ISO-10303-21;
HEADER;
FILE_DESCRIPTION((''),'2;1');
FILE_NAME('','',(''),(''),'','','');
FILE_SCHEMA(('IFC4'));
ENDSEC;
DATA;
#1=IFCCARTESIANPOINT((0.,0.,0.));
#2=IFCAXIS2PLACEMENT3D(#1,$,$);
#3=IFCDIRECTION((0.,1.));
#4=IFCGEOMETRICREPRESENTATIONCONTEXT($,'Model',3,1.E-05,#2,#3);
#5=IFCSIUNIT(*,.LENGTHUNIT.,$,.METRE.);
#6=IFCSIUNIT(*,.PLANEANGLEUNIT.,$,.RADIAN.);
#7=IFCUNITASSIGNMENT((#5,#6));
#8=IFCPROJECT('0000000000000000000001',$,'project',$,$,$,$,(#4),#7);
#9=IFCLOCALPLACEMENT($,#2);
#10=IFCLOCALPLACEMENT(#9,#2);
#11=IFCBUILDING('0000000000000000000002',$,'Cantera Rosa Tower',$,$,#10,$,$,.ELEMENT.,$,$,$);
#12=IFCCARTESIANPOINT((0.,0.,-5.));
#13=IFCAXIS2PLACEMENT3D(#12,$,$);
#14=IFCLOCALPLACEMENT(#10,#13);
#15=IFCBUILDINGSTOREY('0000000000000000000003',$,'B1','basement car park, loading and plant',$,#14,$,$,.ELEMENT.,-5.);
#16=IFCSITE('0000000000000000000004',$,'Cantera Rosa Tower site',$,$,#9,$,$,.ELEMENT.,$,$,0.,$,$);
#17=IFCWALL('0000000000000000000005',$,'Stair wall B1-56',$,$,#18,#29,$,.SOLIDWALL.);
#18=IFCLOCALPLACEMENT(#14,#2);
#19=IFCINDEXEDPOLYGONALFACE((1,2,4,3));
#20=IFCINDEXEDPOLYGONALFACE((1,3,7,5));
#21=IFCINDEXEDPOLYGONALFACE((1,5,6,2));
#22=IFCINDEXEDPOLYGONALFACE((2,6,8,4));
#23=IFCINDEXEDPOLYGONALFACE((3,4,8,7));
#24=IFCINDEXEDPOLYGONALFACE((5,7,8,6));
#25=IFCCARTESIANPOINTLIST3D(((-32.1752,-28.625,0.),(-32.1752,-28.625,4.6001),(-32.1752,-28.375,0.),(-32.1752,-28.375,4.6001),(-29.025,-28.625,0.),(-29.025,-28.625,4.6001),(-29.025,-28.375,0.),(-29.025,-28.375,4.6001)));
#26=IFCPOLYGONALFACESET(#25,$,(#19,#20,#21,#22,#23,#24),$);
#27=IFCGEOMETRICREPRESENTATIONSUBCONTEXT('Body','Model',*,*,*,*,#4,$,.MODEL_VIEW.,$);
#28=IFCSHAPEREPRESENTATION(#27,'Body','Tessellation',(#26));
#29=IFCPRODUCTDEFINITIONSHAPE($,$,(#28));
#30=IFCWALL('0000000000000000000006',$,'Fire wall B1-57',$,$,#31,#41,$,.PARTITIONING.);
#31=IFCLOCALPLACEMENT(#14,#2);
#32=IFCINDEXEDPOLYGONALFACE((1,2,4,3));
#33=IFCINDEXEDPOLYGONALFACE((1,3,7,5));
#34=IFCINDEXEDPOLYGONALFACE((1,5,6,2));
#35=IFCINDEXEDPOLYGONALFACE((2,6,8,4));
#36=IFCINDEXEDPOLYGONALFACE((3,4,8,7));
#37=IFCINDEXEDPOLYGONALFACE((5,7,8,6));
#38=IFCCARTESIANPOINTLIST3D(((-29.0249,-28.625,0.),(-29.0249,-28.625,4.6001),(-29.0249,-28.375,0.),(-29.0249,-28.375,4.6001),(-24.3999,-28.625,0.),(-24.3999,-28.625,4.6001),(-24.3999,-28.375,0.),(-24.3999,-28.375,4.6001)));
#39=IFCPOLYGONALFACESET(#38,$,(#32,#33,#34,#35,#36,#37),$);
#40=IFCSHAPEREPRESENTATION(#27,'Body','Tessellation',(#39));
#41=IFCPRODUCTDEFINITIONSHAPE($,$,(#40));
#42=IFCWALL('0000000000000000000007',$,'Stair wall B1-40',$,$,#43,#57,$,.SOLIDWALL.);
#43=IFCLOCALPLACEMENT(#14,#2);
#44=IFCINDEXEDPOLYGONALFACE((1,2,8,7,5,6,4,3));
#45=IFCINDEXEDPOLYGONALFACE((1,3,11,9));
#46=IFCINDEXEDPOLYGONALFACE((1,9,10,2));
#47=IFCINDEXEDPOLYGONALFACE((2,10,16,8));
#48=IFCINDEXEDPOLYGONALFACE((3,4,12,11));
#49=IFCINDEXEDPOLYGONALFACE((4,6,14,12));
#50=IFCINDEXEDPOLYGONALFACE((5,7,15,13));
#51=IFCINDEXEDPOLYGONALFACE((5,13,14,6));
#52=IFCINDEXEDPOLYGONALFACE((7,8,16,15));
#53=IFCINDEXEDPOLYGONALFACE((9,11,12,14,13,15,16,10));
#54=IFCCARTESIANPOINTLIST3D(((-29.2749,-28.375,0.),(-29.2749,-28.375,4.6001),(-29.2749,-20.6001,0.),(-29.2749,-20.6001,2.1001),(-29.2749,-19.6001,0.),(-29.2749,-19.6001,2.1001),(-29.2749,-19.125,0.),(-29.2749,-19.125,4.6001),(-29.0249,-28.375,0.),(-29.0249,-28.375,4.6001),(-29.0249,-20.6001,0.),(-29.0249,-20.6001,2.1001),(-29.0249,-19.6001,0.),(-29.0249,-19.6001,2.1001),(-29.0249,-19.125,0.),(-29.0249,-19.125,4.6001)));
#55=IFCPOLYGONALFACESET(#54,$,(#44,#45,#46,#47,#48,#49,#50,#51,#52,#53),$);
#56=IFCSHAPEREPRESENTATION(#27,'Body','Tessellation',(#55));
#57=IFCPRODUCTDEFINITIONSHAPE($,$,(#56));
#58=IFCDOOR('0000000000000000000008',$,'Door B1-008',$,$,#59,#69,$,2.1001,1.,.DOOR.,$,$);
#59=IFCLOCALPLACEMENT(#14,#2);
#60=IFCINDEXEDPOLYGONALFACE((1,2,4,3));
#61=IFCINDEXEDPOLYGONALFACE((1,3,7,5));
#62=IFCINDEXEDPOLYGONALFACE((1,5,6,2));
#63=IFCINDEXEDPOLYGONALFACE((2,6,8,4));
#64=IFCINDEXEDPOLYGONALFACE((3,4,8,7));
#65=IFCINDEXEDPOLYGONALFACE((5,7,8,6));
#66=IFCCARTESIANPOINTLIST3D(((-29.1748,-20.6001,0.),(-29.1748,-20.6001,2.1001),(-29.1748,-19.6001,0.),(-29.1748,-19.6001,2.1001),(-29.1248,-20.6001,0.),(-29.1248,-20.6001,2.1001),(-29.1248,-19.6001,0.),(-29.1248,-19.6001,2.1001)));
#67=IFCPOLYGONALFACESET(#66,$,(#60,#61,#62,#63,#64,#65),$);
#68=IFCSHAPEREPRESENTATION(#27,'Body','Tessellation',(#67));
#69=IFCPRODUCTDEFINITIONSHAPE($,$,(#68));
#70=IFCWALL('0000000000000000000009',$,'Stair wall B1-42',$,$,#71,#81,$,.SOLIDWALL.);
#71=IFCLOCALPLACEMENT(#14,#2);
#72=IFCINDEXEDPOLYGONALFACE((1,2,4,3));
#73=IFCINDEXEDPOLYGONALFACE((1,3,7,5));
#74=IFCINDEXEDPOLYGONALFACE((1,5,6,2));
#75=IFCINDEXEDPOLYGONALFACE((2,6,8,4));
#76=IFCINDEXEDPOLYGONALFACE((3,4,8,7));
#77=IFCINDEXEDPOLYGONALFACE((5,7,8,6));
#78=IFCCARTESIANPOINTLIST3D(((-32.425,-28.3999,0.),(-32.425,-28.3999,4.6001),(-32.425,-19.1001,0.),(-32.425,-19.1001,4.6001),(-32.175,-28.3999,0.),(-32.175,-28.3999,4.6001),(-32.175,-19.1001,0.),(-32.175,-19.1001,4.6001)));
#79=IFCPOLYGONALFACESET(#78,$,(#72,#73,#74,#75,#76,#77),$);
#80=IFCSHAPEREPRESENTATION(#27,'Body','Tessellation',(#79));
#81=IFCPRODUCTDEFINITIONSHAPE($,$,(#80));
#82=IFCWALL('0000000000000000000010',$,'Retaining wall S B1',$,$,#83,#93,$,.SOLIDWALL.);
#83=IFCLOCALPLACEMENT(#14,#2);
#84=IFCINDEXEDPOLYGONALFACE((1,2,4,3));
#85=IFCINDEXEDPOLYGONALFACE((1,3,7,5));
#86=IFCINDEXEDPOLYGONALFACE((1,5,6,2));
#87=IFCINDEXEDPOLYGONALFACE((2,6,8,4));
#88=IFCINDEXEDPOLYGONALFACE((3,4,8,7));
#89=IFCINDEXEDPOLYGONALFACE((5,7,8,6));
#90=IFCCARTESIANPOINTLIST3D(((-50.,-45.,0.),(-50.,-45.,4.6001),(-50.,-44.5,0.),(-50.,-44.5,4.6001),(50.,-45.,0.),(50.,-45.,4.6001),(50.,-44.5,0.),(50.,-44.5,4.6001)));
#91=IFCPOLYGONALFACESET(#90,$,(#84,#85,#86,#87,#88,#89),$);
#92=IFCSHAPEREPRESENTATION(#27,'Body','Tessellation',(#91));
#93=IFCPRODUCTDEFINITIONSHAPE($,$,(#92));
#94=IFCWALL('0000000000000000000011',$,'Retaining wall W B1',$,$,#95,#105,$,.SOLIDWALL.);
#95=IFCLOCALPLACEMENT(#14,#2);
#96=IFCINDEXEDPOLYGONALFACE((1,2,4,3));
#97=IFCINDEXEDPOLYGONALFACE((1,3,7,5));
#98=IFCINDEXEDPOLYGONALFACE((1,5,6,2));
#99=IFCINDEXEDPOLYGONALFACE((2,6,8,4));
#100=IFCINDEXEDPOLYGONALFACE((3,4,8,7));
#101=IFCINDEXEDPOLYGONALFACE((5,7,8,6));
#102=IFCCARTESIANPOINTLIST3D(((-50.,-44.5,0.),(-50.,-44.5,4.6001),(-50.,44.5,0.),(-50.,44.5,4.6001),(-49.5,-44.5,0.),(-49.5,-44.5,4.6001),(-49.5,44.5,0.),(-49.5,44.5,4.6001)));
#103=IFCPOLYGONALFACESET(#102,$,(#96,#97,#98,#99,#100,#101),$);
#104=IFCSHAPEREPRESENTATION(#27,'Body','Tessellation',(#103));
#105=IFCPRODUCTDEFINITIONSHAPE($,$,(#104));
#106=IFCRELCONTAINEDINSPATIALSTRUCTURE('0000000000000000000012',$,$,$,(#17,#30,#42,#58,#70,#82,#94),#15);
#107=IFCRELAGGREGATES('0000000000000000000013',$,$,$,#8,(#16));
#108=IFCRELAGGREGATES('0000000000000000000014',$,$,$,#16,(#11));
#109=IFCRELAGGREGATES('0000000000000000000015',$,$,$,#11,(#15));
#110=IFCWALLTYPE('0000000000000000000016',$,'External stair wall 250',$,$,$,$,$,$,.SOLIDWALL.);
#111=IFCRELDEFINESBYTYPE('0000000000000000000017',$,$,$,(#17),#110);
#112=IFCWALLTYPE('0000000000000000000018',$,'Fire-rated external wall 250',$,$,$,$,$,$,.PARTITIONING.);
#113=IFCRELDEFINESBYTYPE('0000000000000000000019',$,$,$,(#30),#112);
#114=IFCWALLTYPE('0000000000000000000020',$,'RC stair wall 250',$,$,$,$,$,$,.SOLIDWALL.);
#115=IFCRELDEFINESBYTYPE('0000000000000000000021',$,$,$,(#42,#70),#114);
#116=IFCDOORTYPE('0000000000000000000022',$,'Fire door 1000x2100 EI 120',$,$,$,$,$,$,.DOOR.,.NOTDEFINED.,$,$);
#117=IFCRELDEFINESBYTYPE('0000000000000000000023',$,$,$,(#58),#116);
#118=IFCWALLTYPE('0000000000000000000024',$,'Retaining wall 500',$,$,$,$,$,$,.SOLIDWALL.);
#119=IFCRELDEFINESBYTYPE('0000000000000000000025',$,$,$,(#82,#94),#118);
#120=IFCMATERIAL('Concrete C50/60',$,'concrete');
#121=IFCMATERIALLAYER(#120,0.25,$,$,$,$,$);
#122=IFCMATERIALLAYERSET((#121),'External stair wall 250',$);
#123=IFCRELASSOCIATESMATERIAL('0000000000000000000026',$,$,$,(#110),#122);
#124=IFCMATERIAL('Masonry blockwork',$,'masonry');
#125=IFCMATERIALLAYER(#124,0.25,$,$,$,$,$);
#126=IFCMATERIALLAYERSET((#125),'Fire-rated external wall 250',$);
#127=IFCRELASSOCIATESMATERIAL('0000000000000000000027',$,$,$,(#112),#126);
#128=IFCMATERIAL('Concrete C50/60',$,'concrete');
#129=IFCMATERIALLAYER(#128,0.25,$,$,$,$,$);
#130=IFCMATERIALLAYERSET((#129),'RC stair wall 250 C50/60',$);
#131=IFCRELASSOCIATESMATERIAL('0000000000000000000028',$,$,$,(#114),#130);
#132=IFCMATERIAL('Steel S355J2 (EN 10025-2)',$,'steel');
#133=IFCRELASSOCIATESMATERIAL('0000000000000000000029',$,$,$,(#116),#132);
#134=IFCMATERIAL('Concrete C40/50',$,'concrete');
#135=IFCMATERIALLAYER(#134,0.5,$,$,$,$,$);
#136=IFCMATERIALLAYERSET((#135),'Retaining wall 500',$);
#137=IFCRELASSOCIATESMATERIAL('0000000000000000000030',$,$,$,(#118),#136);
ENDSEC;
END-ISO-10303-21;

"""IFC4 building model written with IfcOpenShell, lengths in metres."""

from ifc_helpers import new_model, si_unit, direction, frame, frame_2d, origin, place, context, subcontext, project, spatial, rectangle, extrude, material, layer, layer_set, type_object, element, fill, save


model = new_model("IFC4")

# Units and contexts
model_context = context("Model", 3, precision=1e-05, world=origin(), true_north=direction((0.0, 1.0)))
body_context = subcontext(model_context, "Body", "Model", "MODEL_VIEW")
ifc_project = project(units=[si_unit("LENGTHUNIT", "METRE"), si_unit("PLANEANGLEUNIT", "RADIAN")], contexts=[model_context])

# Site, building, storey
site_placement = place(None, origin())
site = spatial("IfcSite", under=ifc_project, at=site_placement, Name="Cantera Rosa Tower site", CompositionType="ELEMENT", RefElevation=0.0)
building_placement = place(site_placement, origin())
building = spatial("IfcBuilding", under=site, at=building_placement, Name="Cantera Rosa Tower", CompositionType="ELEMENT")
storey_placement = place(building_placement, frame((0.0, 0.0, -5.0)))
storey = spatial("IfcBuildingStorey", under=building, at=storey_placement, Name="B1", Description="basement car park, loading and plant", CompositionType="ELEMENT", Elevation=-5.0)

# Walls
ifc_material_1 = material(Name="Concrete C50/60", Category="concrete")
ifc_layer_1 = layer(ifc_material_1, 0.25)
ifc_layer_set_1 = layer_set([ifc_layer_1], Name="External stair wall 250")
wall_type_1 = type_object("IfcWallType", Name="External stair wall 250", PredefinedType="SOLIDWALL", material=ifc_layer_set_1)
wall_1_placement = place(storey_placement, frame((-29.0249, -28.5, 0.0), z_axis=(0.0, 0.0, 1.0), x_axis=(-1.0, 0.0, 0.0)))
element("IfcWall", 1, at=wall_1_placement, inside=storey, type_object=wall_type_1, Name="Stair wall B1-56", PredefinedType="SOLIDWALL", context=body_context, shape_type="SweptSolid", body=[
    extrude(rectangle(XDim=3.1501, YDim=0.25, at=frame_2d((1.5752, 0.0))), origin(), (0.0, 0.0, 1.0), 4.6001),
])
ifc_material_2 = material(Name="Masonry blockwork", Category="masonry")
ifc_layer_2 = layer(ifc_material_2, 0.25)
ifc_layer_set_2 = layer_set([ifc_layer_2], Name="Fire-rated external wall 250")
wall_type_2 = type_object("IfcWallType", Name="Fire-rated external wall 250", PredefinedType="PARTITIONING", material=ifc_layer_set_2)
wall_2_placement = place(storey_placement, frame((-29.0249, -28.5, 0.0), z_axis=(0.0, 0.0, 1.0), x_axis=(1.0, 0.0, 0.0)))
element("IfcWall", 2, at=wall_2_placement, inside=storey, type_object=wall_type_2, Name="Fire wall B1-57", PredefinedType="PARTITIONING", context=body_context, shape_type="SweptSolid", body=[
    extrude(rectangle(XDim=4.625, YDim=0.25, at=frame_2d((2.3125, 0.0))), origin(), (0.0, 0.0, 1.0), 4.6001),
])

# Wall, opening, door
ifc_material_3 = material(Name="Concrete C50/60", Category="concrete")
ifc_layer_3 = layer(ifc_material_3, 0.25)
ifc_layer_set_3 = layer_set([ifc_layer_3], Name="RC stair wall 250 C50/60")
wall_type_3 = type_object("IfcWallType", Name="RC stair wall 250", PredefinedType="SOLIDWALL", material=ifc_layer_set_3)
wall_3_placement = place(storey_placement, frame((-29.1499, -28.375, 0.0), z_axis=(0.0, 0.0, 1.0), x_axis=(0.0, 1.0, 0.0)))
wall_3 = element("IfcWall", 3, at=wall_3_placement, inside=storey, type_object=wall_type_3, Name="Stair wall B1-40", PredefinedType="SOLIDWALL", context=body_context, shape_type="SweptSolid", body=[
    extrude(rectangle(XDim=9.25, YDim=0.25, at=frame_2d((4.625, 0.0))), origin(), (0.0, 0.0, 1.0), 4.6001),
])
opening_1_placement = place(wall_3_placement, frame((7.7749, 0.0, 0.0)))
opening_1 = element("IfcOpeningElement", 4, at=opening_1_placement, cuts=wall_3, PredefinedType="OPENING", context=body_context, shape_type="SweptSolid", body=[
    extrude(rectangle(XDim=1.0, YDim=2.1001, at=frame_2d((0.5, 1.05))), frame((0.0, 0.135, 0.0), z_axis=(0.0, -1.0, 0.0), x_axis=(1.0, 0.0, 0.0)), (0.0, 0.0, 1.0), 0.27),
])
ifc_material_4 = material(Name="Steel S355J2 (EN 10025-2)", Category="steel")
door_type_1 = type_object("IfcDoorType", Name="Fire door 1000x2100 EI 120", OperationType="NOTDEFINED", PredefinedType="DOOR", material=ifc_material_4)
door_1_placement = place(opening_1_placement, origin())
door_1 = element("IfcDoor", 5, at=door_1_placement, inside=storey, type_object=door_type_1, Name="Door B1-008", OverallHeight=2.1001, OverallWidth=1.0, PredefinedType="DOOR", context=body_context, shape_type="SweptSolid", body=[
    extrude(rectangle(XDim=1.0, YDim=2.1001, at=frame_2d((0.5, 1.05))), frame((0.0, 0.0249, 0.0), z_axis=(0.0, -1.0, 0.0), x_axis=(1.0, 0.0, 0.0)), (0.0, 0.0, 1.0), 0.05),
])
fill(opening_1, door_1)

# Walls
wall_4_placement = place(storey_placement, frame((-32.3, -28.3999, 0.0), z_axis=(0.0, 0.0, 1.0), x_axis=(0.0, 1.0, 0.0)))
element("IfcWall", 6, at=wall_4_placement, inside=storey, type_object=wall_type_3, Name="Stair wall B1-42", PredefinedType="SOLIDWALL", context=body_context, shape_type="SweptSolid", body=[
    extrude(rectangle(XDim=9.2998, YDim=0.25, at=frame_2d((4.6499, 0.0))), origin(), (0.0, 0.0, 1.0), 4.6001),
])
ifc_material_5 = material(Name="Concrete C40/50", Category="concrete")
ifc_layer_4 = layer(ifc_material_5, 0.5)
ifc_layer_set_4 = layer_set([ifc_layer_4], Name="Retaining wall 500")
wall_type_4 = type_object("IfcWallType", Name="Retaining wall 500", PredefinedType="SOLIDWALL", material=ifc_layer_set_4)
wall_5_placement = place(storey_placement, frame((-50.0, -44.75, 0.0), z_axis=(0.0, 0.0, 1.0), x_axis=(1.0, 0.0, 0.0)))
element("IfcWall", 7, at=wall_5_placement, inside=storey, type_object=wall_type_4, Name="Retaining wall S B1", PredefinedType="SOLIDWALL", context=body_context, shape_type="SweptSolid", body=[
    extrude(rectangle(XDim=100.0, YDim=0.5, at=frame_2d((50.0, 0.0))), origin(), (0.0, 0.0, 1.0), 4.6001),
])
wall_6_placement = place(storey_placement, frame((-49.75, -44.5, 0.0), z_axis=(0.0, 0.0, 1.0), x_axis=(0.0, 1.0, 0.0)))
element("IfcWall", 8, at=wall_6_placement, inside=storey, type_object=wall_type_4, Name="Retaining wall W B1", PredefinedType="SOLIDWALL", context=body_context, shape_type="SweptSolid", body=[
    extrude(rectangle(XDim=89.0, YDim=0.5, at=frame_2d((44.5, 0.0))), origin(), (0.0, 0.0, 1.0), 4.6001),
])

save(model, "model.ifc")
